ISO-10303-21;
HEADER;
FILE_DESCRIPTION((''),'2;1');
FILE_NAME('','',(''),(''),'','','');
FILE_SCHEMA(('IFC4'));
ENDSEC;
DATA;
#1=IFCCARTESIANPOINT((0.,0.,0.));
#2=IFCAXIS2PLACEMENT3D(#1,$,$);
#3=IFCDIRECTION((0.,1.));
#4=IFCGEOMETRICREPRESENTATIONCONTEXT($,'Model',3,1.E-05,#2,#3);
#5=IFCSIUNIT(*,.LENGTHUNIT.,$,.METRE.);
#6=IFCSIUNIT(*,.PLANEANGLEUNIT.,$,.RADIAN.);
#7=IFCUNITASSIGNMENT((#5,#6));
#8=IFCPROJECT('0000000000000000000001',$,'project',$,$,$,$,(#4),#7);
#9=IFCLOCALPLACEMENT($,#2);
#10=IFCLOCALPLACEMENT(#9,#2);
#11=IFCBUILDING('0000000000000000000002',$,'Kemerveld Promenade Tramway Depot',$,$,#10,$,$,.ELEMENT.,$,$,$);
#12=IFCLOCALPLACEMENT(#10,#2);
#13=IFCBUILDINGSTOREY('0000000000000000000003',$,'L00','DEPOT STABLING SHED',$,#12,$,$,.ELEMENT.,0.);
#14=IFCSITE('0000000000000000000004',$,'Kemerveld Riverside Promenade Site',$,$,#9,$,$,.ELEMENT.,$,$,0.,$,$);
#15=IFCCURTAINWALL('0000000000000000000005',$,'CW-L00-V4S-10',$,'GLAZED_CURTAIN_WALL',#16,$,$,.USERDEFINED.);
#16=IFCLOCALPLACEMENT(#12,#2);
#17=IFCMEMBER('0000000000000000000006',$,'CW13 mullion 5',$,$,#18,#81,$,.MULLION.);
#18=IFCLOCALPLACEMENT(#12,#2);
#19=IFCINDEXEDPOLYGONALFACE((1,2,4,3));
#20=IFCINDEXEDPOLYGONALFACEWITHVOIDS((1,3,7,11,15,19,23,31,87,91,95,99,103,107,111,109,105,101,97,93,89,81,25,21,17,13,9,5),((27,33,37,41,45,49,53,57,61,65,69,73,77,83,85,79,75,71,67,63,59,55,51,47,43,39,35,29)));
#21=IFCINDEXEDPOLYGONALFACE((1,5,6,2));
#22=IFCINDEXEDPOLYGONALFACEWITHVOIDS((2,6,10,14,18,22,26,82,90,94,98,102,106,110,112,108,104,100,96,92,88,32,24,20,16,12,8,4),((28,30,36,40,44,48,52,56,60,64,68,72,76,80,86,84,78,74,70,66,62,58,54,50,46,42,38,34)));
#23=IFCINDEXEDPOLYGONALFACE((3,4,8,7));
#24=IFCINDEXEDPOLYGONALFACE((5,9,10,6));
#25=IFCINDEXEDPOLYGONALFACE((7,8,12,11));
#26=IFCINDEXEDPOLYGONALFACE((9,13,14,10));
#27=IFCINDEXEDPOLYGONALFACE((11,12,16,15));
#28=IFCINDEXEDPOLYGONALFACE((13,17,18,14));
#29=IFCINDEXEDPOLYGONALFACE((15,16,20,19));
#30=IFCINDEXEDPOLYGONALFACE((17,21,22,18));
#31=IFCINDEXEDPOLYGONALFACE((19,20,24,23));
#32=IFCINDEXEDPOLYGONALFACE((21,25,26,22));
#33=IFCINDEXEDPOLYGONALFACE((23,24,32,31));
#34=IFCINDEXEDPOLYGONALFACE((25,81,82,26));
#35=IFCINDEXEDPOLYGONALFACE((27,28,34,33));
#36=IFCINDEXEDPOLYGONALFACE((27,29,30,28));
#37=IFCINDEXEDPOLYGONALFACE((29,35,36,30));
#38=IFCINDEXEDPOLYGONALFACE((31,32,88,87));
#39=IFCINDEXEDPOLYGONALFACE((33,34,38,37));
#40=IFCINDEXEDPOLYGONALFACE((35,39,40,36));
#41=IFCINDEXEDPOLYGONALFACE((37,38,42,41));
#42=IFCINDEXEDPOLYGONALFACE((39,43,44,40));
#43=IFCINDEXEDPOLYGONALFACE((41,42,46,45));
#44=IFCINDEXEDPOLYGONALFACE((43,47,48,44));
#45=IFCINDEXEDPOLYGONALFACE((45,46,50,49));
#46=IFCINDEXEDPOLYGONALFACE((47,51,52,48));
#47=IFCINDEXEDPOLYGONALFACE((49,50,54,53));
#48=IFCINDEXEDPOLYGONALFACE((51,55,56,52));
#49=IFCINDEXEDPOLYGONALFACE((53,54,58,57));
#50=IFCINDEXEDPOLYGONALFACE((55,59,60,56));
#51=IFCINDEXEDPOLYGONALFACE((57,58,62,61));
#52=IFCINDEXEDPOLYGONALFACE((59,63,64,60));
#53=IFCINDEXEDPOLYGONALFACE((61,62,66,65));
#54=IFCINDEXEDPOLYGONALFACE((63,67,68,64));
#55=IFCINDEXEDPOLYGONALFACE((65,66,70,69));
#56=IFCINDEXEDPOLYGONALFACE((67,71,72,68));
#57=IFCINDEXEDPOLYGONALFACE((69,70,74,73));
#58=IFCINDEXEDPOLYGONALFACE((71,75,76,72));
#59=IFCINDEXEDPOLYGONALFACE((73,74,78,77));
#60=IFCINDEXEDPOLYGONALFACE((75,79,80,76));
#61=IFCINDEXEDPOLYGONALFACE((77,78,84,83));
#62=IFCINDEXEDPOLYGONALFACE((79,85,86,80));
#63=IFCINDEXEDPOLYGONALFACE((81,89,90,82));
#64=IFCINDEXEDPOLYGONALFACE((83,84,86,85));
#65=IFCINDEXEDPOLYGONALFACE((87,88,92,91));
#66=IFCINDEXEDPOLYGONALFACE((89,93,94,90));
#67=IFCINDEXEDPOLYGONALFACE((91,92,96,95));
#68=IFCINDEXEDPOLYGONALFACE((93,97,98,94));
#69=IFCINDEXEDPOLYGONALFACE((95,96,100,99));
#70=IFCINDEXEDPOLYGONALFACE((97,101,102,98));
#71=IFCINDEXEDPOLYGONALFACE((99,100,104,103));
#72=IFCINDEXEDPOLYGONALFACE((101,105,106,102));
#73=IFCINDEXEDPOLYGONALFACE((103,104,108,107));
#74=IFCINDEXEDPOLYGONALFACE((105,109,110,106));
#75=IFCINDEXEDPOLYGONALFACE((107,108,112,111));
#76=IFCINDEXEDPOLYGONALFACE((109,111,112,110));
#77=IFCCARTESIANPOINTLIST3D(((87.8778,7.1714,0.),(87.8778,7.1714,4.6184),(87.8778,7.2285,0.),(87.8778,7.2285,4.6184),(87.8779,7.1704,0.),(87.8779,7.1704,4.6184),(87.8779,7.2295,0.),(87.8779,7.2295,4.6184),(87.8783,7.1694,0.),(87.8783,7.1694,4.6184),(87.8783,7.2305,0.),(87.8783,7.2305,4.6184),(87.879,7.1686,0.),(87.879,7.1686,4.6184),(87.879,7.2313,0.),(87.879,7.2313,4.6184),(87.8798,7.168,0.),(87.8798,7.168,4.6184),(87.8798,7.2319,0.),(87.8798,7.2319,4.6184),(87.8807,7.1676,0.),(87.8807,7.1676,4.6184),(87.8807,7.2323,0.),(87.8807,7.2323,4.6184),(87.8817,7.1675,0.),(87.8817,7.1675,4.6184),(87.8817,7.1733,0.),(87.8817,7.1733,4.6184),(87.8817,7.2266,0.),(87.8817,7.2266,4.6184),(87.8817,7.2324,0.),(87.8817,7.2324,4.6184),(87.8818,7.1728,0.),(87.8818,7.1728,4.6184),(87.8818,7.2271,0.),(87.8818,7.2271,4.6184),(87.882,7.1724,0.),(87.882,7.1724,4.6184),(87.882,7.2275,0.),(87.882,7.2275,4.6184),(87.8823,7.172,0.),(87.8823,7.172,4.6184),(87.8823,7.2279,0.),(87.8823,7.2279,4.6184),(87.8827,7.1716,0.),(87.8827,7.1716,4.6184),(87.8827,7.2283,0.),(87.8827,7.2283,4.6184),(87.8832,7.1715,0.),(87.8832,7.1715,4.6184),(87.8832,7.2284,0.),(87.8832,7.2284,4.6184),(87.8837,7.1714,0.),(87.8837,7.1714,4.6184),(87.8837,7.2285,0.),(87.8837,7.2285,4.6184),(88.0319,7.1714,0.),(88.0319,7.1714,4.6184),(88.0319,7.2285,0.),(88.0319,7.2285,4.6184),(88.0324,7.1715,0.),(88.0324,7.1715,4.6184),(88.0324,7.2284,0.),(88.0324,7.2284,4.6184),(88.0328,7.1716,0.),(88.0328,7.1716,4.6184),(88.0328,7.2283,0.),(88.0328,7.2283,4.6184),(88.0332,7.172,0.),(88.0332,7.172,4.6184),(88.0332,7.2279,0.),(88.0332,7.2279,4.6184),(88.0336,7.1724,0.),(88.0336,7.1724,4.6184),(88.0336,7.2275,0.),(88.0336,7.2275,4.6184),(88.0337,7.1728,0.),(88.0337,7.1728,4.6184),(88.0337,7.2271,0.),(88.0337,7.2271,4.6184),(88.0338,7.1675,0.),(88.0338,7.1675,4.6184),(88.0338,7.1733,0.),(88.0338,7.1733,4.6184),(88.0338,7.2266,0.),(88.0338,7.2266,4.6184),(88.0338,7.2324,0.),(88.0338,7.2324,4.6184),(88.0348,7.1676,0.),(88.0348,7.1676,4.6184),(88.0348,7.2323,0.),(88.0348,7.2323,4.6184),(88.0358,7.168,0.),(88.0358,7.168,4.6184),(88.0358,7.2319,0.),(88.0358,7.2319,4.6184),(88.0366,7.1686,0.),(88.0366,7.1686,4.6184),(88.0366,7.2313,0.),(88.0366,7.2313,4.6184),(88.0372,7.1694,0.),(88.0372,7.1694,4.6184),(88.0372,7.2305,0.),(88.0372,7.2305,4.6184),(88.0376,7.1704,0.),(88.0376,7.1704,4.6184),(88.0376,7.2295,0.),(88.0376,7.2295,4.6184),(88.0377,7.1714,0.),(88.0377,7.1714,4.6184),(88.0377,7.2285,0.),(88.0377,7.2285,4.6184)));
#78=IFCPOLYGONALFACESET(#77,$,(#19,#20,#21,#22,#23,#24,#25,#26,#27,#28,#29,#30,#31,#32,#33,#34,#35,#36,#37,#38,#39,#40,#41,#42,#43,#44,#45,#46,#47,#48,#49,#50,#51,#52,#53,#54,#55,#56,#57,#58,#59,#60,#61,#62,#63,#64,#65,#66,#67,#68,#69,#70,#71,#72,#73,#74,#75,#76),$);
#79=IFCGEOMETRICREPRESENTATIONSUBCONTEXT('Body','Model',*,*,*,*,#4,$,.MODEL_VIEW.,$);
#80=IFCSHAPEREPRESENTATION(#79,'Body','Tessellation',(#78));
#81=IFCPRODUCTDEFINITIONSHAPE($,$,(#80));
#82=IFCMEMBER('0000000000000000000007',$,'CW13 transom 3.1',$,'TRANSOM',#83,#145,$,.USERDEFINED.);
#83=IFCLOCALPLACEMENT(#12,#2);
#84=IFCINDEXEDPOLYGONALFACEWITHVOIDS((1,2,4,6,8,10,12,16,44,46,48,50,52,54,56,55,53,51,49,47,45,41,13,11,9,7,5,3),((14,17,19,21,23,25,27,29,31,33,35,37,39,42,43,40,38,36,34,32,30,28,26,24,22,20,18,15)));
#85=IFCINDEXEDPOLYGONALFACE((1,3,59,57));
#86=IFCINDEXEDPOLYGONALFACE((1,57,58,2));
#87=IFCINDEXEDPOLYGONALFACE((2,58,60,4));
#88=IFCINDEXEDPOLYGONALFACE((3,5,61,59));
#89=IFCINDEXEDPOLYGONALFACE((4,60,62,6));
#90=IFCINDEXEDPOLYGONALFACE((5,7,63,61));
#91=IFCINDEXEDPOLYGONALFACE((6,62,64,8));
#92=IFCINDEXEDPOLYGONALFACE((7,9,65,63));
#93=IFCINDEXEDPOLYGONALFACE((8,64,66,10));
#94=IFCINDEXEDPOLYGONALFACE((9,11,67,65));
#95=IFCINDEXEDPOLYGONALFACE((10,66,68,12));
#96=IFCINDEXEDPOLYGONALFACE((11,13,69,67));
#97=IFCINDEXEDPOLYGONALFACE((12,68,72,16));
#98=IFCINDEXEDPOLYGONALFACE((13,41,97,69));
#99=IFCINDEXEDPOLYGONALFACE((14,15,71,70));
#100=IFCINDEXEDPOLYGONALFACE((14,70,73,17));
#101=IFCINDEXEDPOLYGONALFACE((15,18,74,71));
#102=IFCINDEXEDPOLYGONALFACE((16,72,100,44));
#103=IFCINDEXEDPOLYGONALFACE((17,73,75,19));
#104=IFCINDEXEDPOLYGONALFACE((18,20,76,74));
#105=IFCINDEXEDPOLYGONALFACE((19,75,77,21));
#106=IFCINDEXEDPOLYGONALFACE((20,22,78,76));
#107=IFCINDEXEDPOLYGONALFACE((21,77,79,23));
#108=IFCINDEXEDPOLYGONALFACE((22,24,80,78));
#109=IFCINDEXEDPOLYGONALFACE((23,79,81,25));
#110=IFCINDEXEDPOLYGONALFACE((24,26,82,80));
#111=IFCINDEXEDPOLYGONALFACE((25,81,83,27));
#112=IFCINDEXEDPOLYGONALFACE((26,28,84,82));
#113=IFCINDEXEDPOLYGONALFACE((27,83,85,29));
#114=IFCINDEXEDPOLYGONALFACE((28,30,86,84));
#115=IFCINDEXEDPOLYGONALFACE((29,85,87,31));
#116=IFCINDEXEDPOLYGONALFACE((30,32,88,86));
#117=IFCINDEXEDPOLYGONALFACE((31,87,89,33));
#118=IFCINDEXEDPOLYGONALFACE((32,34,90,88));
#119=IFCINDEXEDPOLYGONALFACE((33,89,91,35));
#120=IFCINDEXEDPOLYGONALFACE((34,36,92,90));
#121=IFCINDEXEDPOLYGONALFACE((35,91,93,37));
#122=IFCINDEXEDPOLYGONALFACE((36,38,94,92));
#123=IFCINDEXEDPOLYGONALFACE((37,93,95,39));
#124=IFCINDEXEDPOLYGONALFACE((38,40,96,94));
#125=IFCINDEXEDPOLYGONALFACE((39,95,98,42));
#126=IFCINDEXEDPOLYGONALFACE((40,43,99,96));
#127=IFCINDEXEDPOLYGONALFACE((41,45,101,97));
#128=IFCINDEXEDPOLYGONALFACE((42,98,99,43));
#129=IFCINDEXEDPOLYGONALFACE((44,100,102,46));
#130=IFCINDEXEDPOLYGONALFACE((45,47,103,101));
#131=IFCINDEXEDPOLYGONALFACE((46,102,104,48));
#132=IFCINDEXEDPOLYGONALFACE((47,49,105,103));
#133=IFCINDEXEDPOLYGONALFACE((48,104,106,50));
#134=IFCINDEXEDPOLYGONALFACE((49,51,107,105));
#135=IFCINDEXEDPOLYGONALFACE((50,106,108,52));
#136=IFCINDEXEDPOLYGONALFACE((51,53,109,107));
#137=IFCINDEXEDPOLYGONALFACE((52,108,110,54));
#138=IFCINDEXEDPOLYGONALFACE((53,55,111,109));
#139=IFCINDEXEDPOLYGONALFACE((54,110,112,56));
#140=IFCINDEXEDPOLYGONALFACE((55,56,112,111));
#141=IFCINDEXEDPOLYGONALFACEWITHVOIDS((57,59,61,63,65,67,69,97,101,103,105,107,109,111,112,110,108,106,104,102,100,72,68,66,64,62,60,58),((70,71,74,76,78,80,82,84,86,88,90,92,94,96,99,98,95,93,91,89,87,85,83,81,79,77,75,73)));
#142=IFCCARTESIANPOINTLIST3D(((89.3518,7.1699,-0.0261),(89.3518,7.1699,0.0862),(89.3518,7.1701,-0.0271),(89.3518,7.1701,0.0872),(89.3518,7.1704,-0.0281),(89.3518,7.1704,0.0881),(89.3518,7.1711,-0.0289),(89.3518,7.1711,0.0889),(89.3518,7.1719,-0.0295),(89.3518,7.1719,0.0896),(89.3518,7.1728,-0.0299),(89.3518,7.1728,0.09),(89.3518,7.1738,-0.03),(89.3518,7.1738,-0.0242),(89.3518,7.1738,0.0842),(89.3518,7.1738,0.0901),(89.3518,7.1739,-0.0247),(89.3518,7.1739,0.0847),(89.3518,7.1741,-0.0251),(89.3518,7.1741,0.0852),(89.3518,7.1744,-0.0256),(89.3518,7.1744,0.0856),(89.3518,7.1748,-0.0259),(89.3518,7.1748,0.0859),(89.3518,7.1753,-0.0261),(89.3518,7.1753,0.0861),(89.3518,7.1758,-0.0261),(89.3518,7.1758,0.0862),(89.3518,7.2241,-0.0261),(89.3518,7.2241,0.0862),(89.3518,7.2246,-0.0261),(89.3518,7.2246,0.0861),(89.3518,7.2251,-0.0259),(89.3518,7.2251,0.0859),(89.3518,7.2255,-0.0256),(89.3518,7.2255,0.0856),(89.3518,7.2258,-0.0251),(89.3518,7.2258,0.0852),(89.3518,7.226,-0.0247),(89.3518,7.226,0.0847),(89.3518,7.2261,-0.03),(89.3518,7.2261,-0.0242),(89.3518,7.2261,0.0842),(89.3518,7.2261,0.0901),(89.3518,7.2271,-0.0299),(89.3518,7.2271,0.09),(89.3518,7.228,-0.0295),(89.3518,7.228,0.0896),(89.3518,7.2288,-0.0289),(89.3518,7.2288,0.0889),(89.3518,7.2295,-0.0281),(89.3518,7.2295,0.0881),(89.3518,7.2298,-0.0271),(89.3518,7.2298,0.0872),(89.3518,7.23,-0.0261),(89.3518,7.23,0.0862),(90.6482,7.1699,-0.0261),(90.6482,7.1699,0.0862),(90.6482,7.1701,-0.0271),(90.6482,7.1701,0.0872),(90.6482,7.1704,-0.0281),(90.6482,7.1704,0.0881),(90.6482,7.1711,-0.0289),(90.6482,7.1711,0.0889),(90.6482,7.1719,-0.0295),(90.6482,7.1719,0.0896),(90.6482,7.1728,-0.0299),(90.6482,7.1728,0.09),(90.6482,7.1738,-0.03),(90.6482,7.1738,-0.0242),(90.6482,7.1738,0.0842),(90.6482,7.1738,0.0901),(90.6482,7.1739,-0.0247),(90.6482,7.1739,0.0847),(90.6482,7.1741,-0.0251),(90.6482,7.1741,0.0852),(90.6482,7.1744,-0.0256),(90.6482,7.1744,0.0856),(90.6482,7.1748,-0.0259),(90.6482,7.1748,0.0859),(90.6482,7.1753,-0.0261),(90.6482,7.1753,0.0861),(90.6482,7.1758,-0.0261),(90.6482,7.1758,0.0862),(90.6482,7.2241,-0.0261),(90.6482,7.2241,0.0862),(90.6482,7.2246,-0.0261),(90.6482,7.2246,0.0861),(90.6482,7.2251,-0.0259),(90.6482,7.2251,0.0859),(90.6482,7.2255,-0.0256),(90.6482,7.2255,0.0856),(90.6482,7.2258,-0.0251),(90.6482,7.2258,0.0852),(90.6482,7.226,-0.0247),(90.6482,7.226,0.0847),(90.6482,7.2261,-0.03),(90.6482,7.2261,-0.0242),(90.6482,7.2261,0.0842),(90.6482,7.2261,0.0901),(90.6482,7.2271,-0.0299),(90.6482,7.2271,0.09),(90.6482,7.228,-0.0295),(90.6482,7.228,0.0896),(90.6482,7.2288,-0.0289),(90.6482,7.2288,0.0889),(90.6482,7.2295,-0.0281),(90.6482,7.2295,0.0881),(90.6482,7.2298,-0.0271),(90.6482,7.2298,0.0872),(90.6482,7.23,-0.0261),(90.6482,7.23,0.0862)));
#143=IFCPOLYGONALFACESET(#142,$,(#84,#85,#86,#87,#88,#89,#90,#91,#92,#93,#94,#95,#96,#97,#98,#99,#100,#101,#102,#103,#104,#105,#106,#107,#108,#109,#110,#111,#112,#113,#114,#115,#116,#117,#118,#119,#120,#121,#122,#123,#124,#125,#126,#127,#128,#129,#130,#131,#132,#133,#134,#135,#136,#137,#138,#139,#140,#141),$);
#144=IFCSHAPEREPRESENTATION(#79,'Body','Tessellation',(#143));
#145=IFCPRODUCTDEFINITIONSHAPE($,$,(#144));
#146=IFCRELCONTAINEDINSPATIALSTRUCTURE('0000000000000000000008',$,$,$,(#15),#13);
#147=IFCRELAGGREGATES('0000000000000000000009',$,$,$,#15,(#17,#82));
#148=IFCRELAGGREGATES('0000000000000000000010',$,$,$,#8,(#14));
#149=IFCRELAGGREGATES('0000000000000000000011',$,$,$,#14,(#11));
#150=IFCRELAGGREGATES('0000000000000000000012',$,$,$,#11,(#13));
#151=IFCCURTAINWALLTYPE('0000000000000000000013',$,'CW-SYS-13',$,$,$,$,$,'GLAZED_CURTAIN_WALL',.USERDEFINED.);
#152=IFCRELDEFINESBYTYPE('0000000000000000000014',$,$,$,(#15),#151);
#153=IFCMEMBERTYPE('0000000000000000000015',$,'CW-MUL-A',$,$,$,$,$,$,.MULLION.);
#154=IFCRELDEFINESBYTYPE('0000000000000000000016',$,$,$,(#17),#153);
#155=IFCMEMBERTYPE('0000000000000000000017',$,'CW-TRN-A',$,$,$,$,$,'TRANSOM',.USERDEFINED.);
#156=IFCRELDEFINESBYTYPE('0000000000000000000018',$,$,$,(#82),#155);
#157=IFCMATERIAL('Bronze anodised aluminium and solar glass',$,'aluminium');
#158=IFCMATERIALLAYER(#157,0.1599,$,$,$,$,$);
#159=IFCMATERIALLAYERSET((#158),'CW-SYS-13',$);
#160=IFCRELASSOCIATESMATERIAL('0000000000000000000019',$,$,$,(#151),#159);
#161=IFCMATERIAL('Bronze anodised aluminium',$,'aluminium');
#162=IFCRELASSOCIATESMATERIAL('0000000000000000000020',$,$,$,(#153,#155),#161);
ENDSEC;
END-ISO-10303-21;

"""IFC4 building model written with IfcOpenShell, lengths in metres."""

from ifc_helpers import new_model, si_unit, direction, frame, origin, origin_2d, place, context, subcontext, project, spatial, hollow_rectangle, extrude, material, layer, layer_set, material_profile, profile_set, type_object, element, aggregate, save


model = new_model("IFC4")

# Units and contexts
model_context = context("Model", 3, precision=1e-05, world=origin(), true_north=direction((0.0, 1.0)))
body_context = subcontext(model_context, "Body", "Model", "MODEL_VIEW")
ifc_project = project(units=[si_unit("LENGTHUNIT", "METRE"), si_unit("PLANEANGLEUNIT", "RADIAN")], contexts=[model_context])

# Site, building, storey
site_placement = place(None, origin())
site = spatial("IfcSite", under=ifc_project, at=site_placement, Name="Kemerveld Riverside Promenade Site", CompositionType="ELEMENT", RefElevation=0.0)
building_placement = place(site_placement, origin())
building = spatial("IfcBuilding", under=site, at=building_placement, Name="Kemerveld Promenade Tramway Depot", CompositionType="ELEMENT")
storey_placement = place(building_placement, origin())
storey = spatial("IfcBuildingStorey", under=building, at=storey_placement, Name="L00", Description="DEPOT STABLING SHED", CompositionType="ELEMENT", Elevation=0.0)

# Curtain wall, members
ifc_material_1 = material(Name="Bronze anodised aluminium and solar glass", Category="aluminium")
ifc_layer_1 = layer(ifc_material_1, 0.1599)
ifc_layer_set_1 = layer_set([ifc_layer_1], Name="CW-SYS-13")
curtain_wall_type = type_object("IfcCurtainWallType", Name="CW-SYS-13", ElementType="GLAZED_CURTAIN_WALL", PredefinedType="USERDEFINED", material=ifc_layer_set_1)
curtain_wall_placement = place(storey_placement, origin())
curtain_wall = element("IfcCurtainWall", 1, at=curtain_wall_placement, inside=storey, type_object=curtain_wall_type, Name="CW-L00-V4S-10", ObjectType="GLAZED_CURTAIN_WALL", PredefinedType="USERDEFINED")
ifc_material_2 = material(Name="Bronze anodised aluminium", Category="aluminium")
ifc_material_profile_1 = material_profile(ifc_material_2, hollow_rectangle(XDim=0.0649, YDim=0.1599, WallThickness=0.0039, InnerFilletRadius=0.002, OuterFilletRadius=0.0039, at=origin_2d()), Name="CW-MUL-160x65")
ifc_profile_set_1 = profile_set([ifc_material_profile_1], Name="Bronze anodised aluminium")
member_type_1 = type_object("IfcMemberType", Name="CW-MUL-A", PredefinedType="MULLION", material=ifc_profile_set_1)
member_1_placement = place(storey_placement, frame((87.9578, 7.2, 0.0), z_axis=(0.0, 0.0, 1.0), x_axis=(0.0, -1.0, 0.0)))
member_1 = element("IfcMember", 2, at=member_1_placement, type_object=member_type_1, Name="CW13 mullion 5", PredefinedType="MULLION", context=body_context, shape_type="SweptSolid", body=[
    extrude(hollow_rectangle(XDim=0.0649, YDim=0.1599, WallThickness=0.0039, InnerFilletRadius=0.002, OuterFilletRadius=0.0039, at=origin_2d()), origin(), (0.0, 0.0, 1.0), 4.6184),
])
ifc_material_profile_2 = material_profile(ifc_material_2, hollow_rectangle(XDim=0.0601, YDim=0.1201, WallThickness=0.0039, InnerFilletRadius=0.002, OuterFilletRadius=0.0039, at=origin_2d()), Name="CW-TRN-120x60")
ifc_profile_set_2 = profile_set([ifc_material_profile_2], Name="Bronze anodised aluminium")
member_type_2 = type_object("IfcMemberType", Name="CW-TRN-A", ElementType="TRANSOM", PredefinedType="USERDEFINED", material=ifc_profile_set_2)
member_2_placement = place(storey_placement, frame((90.6482, 7.2, 0.03), z_axis=(-1.0, 0.0, 0.0), x_axis=(0.0, -1.0, 0.0)))
member_2 = element("IfcMember", 3, at=member_2_placement, type_object=member_type_2, Name="CW13 transom 3.1", ObjectType="TRANSOM", PredefinedType="USERDEFINED", context=body_context, shape_type="SweptSolid", body=[
    extrude(hollow_rectangle(XDim=0.0601, YDim=0.1201, WallThickness=0.0039, InnerFilletRadius=0.002, OuterFilletRadius=0.0039, at=origin_2d()), origin(), (0.0, 0.0, 1.0), 1.2964),
])
aggregate(curtain_wall, [member_1, member_2])

save(model, "model.ifc")
